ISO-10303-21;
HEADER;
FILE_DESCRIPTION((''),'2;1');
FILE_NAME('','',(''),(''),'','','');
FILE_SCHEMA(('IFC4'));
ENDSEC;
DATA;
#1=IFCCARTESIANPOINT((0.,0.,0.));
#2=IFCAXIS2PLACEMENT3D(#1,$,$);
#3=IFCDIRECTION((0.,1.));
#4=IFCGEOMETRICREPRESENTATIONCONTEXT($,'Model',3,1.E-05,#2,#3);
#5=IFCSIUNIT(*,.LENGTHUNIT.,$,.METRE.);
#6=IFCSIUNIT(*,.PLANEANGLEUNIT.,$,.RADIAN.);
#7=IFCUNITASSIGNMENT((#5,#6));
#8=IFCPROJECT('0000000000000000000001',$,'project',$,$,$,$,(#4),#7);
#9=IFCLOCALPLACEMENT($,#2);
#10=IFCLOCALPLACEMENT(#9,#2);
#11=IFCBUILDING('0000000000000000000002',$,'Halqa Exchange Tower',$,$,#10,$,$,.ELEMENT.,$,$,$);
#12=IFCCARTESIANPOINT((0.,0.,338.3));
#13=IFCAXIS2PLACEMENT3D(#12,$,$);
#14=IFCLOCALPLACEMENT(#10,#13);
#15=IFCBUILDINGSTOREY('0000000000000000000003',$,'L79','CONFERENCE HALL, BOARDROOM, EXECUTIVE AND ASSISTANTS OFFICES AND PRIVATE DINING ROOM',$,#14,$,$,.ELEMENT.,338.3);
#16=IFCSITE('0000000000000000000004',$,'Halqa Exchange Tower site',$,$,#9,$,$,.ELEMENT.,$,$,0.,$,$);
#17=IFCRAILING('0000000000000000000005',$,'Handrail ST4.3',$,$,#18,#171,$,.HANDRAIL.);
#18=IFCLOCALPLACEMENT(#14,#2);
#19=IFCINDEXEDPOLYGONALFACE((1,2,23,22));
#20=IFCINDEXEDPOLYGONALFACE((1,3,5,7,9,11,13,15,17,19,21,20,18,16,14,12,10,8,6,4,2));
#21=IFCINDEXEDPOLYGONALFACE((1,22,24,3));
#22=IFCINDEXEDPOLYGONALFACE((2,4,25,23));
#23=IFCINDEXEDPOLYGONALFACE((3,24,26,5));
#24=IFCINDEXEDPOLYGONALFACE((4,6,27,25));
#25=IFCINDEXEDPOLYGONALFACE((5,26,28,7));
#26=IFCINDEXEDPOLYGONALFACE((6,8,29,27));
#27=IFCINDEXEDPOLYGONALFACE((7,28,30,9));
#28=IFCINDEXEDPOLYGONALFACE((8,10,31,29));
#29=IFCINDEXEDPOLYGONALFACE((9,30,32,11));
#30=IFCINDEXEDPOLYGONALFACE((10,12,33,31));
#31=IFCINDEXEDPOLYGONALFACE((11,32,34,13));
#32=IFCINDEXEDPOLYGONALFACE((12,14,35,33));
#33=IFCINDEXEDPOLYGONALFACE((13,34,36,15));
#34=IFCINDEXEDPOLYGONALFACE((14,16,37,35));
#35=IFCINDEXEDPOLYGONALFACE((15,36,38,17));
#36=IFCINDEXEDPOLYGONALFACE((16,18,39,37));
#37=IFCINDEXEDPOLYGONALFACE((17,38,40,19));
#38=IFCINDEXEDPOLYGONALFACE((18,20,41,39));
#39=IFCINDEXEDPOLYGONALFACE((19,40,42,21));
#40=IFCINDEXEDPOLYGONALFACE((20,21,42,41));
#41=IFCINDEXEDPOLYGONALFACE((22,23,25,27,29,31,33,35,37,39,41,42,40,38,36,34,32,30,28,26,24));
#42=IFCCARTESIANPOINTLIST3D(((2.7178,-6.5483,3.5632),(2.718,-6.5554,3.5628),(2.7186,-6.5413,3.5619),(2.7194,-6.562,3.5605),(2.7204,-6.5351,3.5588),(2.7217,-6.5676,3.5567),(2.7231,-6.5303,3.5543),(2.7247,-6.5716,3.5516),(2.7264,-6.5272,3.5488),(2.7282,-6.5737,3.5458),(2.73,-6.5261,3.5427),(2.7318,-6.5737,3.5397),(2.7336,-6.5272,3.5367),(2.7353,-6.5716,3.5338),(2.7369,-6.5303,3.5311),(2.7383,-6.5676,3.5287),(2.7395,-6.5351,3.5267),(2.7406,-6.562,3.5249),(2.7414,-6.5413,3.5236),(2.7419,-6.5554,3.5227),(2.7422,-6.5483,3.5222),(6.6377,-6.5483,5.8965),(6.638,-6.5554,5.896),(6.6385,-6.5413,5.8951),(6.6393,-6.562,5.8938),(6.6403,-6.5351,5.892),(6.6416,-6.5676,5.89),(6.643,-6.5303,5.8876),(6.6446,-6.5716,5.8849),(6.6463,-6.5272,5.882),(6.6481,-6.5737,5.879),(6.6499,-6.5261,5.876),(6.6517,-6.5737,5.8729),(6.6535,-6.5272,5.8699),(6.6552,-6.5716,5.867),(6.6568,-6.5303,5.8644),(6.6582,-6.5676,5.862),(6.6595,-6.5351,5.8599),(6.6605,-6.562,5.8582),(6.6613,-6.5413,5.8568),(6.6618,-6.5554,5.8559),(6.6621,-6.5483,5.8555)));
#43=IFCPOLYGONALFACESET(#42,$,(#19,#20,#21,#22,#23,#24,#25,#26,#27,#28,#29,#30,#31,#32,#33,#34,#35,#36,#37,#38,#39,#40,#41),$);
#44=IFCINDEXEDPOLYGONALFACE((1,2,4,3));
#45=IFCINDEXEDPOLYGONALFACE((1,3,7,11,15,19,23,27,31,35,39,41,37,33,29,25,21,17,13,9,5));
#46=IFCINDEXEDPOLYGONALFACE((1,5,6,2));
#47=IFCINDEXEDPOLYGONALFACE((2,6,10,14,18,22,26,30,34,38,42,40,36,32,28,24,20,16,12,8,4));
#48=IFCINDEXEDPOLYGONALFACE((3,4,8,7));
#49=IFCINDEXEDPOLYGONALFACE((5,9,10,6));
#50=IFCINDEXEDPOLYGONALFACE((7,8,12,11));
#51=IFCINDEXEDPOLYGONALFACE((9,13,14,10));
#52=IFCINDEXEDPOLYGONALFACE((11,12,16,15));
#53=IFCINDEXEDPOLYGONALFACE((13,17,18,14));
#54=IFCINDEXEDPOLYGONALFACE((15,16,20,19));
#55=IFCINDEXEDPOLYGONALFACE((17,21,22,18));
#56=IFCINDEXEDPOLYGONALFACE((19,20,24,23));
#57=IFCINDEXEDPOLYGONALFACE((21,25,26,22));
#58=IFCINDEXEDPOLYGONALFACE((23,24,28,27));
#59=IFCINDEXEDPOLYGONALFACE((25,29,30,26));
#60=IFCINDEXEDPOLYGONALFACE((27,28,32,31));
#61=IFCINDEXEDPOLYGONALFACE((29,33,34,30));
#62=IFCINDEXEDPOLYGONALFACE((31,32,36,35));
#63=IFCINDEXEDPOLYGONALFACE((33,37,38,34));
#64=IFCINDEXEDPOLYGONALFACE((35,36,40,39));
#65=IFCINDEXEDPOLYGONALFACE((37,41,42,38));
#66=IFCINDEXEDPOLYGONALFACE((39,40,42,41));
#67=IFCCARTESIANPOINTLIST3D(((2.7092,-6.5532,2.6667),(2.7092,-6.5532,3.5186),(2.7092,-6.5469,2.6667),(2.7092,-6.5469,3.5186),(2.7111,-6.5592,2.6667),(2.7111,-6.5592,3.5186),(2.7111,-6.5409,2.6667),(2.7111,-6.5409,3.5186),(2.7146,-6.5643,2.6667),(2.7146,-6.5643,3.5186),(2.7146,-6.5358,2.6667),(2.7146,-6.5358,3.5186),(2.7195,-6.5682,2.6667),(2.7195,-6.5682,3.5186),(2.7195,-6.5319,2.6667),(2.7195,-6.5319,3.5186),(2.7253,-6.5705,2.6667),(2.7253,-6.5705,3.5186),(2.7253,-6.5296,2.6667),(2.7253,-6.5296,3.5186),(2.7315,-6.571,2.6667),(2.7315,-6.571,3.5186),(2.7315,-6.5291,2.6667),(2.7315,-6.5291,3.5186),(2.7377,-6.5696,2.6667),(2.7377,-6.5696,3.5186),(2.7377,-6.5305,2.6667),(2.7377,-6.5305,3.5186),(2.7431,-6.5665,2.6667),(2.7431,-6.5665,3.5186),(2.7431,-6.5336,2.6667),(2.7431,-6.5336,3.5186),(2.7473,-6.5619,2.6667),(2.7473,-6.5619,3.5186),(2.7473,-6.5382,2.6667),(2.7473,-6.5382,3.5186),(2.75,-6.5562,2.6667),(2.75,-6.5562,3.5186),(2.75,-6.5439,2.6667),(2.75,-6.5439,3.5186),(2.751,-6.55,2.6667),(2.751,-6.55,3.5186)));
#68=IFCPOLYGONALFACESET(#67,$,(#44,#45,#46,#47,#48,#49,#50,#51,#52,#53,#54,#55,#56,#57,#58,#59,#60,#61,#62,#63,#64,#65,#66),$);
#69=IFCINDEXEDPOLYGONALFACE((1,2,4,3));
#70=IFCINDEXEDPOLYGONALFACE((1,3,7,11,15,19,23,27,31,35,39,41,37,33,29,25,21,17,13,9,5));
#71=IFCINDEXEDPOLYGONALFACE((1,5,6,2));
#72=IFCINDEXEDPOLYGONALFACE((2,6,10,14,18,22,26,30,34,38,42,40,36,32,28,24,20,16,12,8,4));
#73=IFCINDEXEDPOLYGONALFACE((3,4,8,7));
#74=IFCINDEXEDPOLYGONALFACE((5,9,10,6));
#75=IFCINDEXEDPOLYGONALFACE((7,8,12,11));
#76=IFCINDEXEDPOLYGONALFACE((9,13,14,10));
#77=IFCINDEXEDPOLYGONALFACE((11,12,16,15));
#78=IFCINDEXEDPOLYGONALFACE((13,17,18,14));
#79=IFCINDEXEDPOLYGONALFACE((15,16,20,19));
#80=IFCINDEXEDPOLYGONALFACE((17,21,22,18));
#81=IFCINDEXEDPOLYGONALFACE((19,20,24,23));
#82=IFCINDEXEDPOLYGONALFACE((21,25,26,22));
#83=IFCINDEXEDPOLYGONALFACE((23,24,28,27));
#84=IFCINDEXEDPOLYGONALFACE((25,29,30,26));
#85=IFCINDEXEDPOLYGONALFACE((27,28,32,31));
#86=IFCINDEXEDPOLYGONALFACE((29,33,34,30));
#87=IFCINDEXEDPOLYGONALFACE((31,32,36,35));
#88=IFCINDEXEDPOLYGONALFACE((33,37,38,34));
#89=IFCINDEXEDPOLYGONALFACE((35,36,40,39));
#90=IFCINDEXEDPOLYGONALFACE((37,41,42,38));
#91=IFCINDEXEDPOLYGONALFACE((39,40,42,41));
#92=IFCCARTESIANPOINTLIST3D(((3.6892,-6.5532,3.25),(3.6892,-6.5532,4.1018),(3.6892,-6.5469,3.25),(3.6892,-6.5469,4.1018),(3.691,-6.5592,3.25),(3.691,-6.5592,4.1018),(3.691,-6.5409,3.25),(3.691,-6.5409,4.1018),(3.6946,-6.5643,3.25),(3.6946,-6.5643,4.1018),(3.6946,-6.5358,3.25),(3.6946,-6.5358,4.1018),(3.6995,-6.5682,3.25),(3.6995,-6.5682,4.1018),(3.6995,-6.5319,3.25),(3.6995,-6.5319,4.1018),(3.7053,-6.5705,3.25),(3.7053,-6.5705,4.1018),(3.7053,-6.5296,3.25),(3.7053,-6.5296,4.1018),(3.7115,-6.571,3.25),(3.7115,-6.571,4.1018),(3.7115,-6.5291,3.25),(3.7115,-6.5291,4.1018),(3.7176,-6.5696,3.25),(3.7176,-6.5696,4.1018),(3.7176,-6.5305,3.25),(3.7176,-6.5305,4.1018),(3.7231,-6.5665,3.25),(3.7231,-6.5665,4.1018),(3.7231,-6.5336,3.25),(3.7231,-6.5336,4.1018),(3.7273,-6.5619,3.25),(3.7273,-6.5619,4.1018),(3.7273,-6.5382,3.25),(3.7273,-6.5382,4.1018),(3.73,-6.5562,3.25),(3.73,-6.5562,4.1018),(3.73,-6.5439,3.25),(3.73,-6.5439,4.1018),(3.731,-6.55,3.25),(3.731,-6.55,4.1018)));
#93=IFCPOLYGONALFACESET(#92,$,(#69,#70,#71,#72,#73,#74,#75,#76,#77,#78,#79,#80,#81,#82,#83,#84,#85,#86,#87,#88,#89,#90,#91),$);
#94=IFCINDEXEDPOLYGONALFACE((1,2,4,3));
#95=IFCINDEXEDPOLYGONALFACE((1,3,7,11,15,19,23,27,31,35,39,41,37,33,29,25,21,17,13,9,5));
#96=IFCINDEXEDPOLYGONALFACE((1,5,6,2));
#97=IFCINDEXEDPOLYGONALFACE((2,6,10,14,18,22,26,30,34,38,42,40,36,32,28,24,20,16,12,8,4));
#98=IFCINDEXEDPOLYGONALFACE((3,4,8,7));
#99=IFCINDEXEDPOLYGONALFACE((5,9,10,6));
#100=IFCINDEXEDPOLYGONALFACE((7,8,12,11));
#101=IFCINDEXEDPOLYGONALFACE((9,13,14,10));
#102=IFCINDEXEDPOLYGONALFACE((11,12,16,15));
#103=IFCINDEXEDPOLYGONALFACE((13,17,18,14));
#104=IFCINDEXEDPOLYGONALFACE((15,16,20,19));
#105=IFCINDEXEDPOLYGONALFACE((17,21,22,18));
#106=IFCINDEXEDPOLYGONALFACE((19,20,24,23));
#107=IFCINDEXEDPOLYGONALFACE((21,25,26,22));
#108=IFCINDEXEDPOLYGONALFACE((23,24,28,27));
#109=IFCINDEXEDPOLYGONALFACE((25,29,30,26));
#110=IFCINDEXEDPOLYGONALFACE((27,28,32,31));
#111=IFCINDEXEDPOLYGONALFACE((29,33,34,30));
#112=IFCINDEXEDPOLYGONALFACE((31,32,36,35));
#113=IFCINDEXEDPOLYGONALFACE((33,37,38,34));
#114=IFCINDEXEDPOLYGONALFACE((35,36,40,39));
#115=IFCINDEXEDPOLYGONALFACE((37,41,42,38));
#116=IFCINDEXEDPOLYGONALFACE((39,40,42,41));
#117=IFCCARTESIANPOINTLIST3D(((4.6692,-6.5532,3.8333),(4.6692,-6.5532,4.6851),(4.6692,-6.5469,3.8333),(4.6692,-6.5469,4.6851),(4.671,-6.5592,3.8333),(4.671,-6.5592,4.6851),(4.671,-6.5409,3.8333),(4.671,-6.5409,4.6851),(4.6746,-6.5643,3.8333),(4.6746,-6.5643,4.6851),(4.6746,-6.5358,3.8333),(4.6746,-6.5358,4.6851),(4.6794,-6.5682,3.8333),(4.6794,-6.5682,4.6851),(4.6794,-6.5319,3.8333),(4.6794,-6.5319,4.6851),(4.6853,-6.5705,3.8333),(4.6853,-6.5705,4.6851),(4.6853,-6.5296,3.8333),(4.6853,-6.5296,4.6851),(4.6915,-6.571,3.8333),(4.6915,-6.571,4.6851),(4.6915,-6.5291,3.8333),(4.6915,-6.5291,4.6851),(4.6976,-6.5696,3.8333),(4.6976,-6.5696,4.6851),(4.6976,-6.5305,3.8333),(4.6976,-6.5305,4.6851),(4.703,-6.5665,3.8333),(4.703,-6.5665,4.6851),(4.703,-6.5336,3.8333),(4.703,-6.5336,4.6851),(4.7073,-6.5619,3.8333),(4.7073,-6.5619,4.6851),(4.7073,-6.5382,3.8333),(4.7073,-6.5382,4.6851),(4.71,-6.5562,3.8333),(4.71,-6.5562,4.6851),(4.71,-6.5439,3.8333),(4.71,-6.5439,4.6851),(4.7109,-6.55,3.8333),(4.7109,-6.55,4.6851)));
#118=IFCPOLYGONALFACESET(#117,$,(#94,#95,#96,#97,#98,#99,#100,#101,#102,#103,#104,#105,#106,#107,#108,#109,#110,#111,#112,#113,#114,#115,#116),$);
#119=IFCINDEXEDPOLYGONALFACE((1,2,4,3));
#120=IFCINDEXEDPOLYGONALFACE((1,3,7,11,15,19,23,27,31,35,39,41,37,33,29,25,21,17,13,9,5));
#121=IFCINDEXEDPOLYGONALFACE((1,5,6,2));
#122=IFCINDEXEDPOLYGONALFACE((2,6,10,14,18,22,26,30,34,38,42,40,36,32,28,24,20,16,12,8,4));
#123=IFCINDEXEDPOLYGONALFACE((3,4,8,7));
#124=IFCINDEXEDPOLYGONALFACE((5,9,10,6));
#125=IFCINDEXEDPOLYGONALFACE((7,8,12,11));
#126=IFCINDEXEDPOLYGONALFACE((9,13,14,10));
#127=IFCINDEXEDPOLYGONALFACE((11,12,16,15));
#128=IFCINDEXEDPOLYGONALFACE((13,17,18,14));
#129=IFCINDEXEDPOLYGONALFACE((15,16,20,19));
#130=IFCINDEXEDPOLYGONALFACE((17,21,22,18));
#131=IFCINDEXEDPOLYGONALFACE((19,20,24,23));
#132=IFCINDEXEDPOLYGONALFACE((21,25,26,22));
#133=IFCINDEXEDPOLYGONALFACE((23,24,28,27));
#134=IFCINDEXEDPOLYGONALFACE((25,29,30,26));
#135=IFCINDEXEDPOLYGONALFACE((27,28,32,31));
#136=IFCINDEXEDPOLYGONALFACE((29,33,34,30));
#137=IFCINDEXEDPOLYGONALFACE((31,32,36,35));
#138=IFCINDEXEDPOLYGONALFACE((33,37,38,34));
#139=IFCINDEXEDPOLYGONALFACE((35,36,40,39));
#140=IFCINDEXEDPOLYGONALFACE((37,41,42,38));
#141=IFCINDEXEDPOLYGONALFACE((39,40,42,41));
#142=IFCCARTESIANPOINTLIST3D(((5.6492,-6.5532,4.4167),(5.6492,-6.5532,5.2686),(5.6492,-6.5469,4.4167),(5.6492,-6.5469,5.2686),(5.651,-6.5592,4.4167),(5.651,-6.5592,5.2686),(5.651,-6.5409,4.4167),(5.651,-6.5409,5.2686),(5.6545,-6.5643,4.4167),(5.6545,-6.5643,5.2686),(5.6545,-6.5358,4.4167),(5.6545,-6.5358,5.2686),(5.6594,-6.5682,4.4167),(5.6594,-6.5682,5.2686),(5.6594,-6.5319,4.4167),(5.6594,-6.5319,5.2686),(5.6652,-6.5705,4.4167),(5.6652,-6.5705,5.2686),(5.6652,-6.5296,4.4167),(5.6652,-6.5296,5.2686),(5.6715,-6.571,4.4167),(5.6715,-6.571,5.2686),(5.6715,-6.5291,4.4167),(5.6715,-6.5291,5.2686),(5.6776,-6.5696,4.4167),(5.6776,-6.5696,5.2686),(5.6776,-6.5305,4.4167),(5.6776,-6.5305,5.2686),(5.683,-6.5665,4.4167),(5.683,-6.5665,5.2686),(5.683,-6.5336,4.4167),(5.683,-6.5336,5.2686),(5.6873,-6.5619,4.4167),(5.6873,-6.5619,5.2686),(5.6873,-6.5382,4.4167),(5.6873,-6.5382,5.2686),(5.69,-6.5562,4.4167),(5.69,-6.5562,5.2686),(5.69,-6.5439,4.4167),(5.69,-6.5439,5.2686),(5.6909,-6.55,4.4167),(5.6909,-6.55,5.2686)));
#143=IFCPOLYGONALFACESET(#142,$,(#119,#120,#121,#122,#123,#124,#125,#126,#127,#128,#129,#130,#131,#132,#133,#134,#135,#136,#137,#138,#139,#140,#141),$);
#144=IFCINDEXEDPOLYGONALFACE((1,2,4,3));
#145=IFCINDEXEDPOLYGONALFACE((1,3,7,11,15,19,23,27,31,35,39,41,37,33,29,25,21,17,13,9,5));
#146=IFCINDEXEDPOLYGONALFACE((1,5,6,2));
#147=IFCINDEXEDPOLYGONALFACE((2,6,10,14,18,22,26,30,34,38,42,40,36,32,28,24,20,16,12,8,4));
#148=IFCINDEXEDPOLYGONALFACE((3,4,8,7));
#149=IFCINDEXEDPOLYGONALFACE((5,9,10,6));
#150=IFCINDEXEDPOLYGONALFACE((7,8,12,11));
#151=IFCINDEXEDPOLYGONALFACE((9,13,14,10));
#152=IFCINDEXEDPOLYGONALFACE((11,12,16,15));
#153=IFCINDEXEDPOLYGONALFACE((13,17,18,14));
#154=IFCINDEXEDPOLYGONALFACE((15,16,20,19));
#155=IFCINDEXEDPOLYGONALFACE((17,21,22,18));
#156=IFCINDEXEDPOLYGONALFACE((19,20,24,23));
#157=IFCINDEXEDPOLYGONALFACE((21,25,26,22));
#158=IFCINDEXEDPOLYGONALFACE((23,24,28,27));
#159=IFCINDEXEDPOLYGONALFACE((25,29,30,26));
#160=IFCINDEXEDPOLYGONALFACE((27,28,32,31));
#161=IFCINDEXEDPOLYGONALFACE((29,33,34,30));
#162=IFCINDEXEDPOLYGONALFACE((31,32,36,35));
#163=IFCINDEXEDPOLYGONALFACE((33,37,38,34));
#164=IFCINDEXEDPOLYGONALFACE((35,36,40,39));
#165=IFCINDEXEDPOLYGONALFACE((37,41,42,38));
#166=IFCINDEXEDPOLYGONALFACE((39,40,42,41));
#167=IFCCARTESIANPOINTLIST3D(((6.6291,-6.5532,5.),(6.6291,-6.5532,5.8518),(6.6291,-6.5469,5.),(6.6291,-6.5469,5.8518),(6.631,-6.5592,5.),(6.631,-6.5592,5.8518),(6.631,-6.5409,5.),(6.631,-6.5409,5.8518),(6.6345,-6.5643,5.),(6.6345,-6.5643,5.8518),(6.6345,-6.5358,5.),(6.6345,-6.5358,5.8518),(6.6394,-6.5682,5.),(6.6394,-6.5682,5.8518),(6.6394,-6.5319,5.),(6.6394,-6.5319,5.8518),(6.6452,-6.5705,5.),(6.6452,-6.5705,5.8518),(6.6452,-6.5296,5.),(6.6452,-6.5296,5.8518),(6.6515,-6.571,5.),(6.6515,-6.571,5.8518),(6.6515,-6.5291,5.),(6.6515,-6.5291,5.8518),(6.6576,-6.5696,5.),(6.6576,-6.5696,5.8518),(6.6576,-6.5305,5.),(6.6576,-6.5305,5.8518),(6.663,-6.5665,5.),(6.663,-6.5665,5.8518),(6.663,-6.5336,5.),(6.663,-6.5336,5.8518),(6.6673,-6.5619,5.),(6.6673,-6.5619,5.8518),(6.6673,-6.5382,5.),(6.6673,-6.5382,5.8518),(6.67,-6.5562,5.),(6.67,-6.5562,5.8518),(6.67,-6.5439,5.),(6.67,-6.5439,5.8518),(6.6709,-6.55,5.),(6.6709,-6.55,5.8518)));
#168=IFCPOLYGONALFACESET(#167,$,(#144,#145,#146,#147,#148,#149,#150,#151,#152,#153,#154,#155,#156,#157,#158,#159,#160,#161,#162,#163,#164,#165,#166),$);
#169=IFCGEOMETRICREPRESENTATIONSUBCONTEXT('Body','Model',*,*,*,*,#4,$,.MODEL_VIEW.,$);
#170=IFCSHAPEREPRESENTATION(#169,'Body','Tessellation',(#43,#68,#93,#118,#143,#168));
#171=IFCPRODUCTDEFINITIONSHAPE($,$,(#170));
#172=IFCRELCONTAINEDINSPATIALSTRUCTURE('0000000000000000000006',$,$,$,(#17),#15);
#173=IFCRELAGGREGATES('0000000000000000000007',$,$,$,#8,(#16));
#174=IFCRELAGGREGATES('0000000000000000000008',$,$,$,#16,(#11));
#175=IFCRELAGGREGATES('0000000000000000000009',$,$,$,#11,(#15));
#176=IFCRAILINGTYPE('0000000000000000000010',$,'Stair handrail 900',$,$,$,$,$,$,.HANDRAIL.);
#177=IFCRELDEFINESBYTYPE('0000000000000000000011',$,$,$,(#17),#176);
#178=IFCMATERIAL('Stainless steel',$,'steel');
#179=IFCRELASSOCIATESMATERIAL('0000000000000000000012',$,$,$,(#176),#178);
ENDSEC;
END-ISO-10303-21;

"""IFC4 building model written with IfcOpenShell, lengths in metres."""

from ifc_helpers import new_model, si_unit, direction, frame, origin, origin_2d, place, context, subcontext, project, spatial, circle, extrude, material, type_object, element, save


model = new_model("IFC4")

# Units and contexts
model_context = context("Model", 3, precision=1e-05, world=origin(), true_north=direction((0.0, 1.0)))
body_context = subcontext(model_context, "Body", "Model", "MODEL_VIEW")
ifc_project = project(units=[si_unit("LENGTHUNIT", "METRE"), si_unit("PLANEANGLEUNIT", "RADIAN")], contexts=[model_context])

# Site, building, storey
site_placement = place(None, origin())
site = spatial("IfcSite", under=ifc_project, at=site_placement, Name="Halqa Exchange Tower site", CompositionType="ELEMENT", RefElevation=0.0)
building_placement = place(site_placement, origin())
building = spatial("IfcBuilding", under=site, at=building_placement, Name="Halqa Exchange Tower", CompositionType="ELEMENT")
storey_placement = place(building_placement, frame((0.0, 0.0, 338.3)))
storey = spatial("IfcBuildingStorey", under=building, at=storey_placement, Name="L79", Description="CONFERENCE HALL, BOARDROOM, EXECUTIVE AND ASSISTANTS OFFICES AND PRIVATE DINING ROOM", CompositionType="ELEMENT", Elevation=338.3)

# Railing
ifc_material_1 = material(Name="Stainless steel", Category="steel")
railing_type_1 = type_object("IfcRailingType", Name="Stair handrail 900", PredefinedType="HANDRAIL", material=ifc_material_1)
railing_1_placement = place(storey_placement, frame((2.73, -6.55, 2.6667)))
element("IfcRailing", 1, at=railing_1_placement, inside=storey, type_object=railing_type_1, Name="Handrail ST4.3", PredefinedType="HANDRAIL", context=body_context, shape_type="SweptSolid", body=[
    extrude(circle(Radius=0.0239, at=origin_2d()), frame((0.0, 0.0, 0.876), z_axis=(0.859296, 0.0, 0.511478), x_axis=(0.0, 1.0, 0.0)), (0.0, 0.0, 1.0), 4.5618),
    extrude(circle(Radius=0.021, at=origin_2d()), origin(), (0.0, 0.0, 1.0), 0.8518),
    extrude(circle(Radius=0.021, at=origin_2d()), frame((0.98, 0.0, 0.5833)), (0.0, 0.0, 1.0), 0.8518),
    extrude(circle(Radius=0.021, at=origin_2d()), frame((1.96, 0.0, 1.1665)), (0.0, 0.0, 1.0), 0.8518),
    extrude(circle(Radius=0.021, at=origin_2d()), frame((2.9399, 0.0, 1.75)), (0.0, 0.0, 1.0), 0.8518),
    extrude(circle(Radius=0.021, at=origin_2d()), frame((3.9199, 0.0, 2.3333)), (0.0, 0.0, 1.0), 0.8518),
])

save(model, "model.ifc")
